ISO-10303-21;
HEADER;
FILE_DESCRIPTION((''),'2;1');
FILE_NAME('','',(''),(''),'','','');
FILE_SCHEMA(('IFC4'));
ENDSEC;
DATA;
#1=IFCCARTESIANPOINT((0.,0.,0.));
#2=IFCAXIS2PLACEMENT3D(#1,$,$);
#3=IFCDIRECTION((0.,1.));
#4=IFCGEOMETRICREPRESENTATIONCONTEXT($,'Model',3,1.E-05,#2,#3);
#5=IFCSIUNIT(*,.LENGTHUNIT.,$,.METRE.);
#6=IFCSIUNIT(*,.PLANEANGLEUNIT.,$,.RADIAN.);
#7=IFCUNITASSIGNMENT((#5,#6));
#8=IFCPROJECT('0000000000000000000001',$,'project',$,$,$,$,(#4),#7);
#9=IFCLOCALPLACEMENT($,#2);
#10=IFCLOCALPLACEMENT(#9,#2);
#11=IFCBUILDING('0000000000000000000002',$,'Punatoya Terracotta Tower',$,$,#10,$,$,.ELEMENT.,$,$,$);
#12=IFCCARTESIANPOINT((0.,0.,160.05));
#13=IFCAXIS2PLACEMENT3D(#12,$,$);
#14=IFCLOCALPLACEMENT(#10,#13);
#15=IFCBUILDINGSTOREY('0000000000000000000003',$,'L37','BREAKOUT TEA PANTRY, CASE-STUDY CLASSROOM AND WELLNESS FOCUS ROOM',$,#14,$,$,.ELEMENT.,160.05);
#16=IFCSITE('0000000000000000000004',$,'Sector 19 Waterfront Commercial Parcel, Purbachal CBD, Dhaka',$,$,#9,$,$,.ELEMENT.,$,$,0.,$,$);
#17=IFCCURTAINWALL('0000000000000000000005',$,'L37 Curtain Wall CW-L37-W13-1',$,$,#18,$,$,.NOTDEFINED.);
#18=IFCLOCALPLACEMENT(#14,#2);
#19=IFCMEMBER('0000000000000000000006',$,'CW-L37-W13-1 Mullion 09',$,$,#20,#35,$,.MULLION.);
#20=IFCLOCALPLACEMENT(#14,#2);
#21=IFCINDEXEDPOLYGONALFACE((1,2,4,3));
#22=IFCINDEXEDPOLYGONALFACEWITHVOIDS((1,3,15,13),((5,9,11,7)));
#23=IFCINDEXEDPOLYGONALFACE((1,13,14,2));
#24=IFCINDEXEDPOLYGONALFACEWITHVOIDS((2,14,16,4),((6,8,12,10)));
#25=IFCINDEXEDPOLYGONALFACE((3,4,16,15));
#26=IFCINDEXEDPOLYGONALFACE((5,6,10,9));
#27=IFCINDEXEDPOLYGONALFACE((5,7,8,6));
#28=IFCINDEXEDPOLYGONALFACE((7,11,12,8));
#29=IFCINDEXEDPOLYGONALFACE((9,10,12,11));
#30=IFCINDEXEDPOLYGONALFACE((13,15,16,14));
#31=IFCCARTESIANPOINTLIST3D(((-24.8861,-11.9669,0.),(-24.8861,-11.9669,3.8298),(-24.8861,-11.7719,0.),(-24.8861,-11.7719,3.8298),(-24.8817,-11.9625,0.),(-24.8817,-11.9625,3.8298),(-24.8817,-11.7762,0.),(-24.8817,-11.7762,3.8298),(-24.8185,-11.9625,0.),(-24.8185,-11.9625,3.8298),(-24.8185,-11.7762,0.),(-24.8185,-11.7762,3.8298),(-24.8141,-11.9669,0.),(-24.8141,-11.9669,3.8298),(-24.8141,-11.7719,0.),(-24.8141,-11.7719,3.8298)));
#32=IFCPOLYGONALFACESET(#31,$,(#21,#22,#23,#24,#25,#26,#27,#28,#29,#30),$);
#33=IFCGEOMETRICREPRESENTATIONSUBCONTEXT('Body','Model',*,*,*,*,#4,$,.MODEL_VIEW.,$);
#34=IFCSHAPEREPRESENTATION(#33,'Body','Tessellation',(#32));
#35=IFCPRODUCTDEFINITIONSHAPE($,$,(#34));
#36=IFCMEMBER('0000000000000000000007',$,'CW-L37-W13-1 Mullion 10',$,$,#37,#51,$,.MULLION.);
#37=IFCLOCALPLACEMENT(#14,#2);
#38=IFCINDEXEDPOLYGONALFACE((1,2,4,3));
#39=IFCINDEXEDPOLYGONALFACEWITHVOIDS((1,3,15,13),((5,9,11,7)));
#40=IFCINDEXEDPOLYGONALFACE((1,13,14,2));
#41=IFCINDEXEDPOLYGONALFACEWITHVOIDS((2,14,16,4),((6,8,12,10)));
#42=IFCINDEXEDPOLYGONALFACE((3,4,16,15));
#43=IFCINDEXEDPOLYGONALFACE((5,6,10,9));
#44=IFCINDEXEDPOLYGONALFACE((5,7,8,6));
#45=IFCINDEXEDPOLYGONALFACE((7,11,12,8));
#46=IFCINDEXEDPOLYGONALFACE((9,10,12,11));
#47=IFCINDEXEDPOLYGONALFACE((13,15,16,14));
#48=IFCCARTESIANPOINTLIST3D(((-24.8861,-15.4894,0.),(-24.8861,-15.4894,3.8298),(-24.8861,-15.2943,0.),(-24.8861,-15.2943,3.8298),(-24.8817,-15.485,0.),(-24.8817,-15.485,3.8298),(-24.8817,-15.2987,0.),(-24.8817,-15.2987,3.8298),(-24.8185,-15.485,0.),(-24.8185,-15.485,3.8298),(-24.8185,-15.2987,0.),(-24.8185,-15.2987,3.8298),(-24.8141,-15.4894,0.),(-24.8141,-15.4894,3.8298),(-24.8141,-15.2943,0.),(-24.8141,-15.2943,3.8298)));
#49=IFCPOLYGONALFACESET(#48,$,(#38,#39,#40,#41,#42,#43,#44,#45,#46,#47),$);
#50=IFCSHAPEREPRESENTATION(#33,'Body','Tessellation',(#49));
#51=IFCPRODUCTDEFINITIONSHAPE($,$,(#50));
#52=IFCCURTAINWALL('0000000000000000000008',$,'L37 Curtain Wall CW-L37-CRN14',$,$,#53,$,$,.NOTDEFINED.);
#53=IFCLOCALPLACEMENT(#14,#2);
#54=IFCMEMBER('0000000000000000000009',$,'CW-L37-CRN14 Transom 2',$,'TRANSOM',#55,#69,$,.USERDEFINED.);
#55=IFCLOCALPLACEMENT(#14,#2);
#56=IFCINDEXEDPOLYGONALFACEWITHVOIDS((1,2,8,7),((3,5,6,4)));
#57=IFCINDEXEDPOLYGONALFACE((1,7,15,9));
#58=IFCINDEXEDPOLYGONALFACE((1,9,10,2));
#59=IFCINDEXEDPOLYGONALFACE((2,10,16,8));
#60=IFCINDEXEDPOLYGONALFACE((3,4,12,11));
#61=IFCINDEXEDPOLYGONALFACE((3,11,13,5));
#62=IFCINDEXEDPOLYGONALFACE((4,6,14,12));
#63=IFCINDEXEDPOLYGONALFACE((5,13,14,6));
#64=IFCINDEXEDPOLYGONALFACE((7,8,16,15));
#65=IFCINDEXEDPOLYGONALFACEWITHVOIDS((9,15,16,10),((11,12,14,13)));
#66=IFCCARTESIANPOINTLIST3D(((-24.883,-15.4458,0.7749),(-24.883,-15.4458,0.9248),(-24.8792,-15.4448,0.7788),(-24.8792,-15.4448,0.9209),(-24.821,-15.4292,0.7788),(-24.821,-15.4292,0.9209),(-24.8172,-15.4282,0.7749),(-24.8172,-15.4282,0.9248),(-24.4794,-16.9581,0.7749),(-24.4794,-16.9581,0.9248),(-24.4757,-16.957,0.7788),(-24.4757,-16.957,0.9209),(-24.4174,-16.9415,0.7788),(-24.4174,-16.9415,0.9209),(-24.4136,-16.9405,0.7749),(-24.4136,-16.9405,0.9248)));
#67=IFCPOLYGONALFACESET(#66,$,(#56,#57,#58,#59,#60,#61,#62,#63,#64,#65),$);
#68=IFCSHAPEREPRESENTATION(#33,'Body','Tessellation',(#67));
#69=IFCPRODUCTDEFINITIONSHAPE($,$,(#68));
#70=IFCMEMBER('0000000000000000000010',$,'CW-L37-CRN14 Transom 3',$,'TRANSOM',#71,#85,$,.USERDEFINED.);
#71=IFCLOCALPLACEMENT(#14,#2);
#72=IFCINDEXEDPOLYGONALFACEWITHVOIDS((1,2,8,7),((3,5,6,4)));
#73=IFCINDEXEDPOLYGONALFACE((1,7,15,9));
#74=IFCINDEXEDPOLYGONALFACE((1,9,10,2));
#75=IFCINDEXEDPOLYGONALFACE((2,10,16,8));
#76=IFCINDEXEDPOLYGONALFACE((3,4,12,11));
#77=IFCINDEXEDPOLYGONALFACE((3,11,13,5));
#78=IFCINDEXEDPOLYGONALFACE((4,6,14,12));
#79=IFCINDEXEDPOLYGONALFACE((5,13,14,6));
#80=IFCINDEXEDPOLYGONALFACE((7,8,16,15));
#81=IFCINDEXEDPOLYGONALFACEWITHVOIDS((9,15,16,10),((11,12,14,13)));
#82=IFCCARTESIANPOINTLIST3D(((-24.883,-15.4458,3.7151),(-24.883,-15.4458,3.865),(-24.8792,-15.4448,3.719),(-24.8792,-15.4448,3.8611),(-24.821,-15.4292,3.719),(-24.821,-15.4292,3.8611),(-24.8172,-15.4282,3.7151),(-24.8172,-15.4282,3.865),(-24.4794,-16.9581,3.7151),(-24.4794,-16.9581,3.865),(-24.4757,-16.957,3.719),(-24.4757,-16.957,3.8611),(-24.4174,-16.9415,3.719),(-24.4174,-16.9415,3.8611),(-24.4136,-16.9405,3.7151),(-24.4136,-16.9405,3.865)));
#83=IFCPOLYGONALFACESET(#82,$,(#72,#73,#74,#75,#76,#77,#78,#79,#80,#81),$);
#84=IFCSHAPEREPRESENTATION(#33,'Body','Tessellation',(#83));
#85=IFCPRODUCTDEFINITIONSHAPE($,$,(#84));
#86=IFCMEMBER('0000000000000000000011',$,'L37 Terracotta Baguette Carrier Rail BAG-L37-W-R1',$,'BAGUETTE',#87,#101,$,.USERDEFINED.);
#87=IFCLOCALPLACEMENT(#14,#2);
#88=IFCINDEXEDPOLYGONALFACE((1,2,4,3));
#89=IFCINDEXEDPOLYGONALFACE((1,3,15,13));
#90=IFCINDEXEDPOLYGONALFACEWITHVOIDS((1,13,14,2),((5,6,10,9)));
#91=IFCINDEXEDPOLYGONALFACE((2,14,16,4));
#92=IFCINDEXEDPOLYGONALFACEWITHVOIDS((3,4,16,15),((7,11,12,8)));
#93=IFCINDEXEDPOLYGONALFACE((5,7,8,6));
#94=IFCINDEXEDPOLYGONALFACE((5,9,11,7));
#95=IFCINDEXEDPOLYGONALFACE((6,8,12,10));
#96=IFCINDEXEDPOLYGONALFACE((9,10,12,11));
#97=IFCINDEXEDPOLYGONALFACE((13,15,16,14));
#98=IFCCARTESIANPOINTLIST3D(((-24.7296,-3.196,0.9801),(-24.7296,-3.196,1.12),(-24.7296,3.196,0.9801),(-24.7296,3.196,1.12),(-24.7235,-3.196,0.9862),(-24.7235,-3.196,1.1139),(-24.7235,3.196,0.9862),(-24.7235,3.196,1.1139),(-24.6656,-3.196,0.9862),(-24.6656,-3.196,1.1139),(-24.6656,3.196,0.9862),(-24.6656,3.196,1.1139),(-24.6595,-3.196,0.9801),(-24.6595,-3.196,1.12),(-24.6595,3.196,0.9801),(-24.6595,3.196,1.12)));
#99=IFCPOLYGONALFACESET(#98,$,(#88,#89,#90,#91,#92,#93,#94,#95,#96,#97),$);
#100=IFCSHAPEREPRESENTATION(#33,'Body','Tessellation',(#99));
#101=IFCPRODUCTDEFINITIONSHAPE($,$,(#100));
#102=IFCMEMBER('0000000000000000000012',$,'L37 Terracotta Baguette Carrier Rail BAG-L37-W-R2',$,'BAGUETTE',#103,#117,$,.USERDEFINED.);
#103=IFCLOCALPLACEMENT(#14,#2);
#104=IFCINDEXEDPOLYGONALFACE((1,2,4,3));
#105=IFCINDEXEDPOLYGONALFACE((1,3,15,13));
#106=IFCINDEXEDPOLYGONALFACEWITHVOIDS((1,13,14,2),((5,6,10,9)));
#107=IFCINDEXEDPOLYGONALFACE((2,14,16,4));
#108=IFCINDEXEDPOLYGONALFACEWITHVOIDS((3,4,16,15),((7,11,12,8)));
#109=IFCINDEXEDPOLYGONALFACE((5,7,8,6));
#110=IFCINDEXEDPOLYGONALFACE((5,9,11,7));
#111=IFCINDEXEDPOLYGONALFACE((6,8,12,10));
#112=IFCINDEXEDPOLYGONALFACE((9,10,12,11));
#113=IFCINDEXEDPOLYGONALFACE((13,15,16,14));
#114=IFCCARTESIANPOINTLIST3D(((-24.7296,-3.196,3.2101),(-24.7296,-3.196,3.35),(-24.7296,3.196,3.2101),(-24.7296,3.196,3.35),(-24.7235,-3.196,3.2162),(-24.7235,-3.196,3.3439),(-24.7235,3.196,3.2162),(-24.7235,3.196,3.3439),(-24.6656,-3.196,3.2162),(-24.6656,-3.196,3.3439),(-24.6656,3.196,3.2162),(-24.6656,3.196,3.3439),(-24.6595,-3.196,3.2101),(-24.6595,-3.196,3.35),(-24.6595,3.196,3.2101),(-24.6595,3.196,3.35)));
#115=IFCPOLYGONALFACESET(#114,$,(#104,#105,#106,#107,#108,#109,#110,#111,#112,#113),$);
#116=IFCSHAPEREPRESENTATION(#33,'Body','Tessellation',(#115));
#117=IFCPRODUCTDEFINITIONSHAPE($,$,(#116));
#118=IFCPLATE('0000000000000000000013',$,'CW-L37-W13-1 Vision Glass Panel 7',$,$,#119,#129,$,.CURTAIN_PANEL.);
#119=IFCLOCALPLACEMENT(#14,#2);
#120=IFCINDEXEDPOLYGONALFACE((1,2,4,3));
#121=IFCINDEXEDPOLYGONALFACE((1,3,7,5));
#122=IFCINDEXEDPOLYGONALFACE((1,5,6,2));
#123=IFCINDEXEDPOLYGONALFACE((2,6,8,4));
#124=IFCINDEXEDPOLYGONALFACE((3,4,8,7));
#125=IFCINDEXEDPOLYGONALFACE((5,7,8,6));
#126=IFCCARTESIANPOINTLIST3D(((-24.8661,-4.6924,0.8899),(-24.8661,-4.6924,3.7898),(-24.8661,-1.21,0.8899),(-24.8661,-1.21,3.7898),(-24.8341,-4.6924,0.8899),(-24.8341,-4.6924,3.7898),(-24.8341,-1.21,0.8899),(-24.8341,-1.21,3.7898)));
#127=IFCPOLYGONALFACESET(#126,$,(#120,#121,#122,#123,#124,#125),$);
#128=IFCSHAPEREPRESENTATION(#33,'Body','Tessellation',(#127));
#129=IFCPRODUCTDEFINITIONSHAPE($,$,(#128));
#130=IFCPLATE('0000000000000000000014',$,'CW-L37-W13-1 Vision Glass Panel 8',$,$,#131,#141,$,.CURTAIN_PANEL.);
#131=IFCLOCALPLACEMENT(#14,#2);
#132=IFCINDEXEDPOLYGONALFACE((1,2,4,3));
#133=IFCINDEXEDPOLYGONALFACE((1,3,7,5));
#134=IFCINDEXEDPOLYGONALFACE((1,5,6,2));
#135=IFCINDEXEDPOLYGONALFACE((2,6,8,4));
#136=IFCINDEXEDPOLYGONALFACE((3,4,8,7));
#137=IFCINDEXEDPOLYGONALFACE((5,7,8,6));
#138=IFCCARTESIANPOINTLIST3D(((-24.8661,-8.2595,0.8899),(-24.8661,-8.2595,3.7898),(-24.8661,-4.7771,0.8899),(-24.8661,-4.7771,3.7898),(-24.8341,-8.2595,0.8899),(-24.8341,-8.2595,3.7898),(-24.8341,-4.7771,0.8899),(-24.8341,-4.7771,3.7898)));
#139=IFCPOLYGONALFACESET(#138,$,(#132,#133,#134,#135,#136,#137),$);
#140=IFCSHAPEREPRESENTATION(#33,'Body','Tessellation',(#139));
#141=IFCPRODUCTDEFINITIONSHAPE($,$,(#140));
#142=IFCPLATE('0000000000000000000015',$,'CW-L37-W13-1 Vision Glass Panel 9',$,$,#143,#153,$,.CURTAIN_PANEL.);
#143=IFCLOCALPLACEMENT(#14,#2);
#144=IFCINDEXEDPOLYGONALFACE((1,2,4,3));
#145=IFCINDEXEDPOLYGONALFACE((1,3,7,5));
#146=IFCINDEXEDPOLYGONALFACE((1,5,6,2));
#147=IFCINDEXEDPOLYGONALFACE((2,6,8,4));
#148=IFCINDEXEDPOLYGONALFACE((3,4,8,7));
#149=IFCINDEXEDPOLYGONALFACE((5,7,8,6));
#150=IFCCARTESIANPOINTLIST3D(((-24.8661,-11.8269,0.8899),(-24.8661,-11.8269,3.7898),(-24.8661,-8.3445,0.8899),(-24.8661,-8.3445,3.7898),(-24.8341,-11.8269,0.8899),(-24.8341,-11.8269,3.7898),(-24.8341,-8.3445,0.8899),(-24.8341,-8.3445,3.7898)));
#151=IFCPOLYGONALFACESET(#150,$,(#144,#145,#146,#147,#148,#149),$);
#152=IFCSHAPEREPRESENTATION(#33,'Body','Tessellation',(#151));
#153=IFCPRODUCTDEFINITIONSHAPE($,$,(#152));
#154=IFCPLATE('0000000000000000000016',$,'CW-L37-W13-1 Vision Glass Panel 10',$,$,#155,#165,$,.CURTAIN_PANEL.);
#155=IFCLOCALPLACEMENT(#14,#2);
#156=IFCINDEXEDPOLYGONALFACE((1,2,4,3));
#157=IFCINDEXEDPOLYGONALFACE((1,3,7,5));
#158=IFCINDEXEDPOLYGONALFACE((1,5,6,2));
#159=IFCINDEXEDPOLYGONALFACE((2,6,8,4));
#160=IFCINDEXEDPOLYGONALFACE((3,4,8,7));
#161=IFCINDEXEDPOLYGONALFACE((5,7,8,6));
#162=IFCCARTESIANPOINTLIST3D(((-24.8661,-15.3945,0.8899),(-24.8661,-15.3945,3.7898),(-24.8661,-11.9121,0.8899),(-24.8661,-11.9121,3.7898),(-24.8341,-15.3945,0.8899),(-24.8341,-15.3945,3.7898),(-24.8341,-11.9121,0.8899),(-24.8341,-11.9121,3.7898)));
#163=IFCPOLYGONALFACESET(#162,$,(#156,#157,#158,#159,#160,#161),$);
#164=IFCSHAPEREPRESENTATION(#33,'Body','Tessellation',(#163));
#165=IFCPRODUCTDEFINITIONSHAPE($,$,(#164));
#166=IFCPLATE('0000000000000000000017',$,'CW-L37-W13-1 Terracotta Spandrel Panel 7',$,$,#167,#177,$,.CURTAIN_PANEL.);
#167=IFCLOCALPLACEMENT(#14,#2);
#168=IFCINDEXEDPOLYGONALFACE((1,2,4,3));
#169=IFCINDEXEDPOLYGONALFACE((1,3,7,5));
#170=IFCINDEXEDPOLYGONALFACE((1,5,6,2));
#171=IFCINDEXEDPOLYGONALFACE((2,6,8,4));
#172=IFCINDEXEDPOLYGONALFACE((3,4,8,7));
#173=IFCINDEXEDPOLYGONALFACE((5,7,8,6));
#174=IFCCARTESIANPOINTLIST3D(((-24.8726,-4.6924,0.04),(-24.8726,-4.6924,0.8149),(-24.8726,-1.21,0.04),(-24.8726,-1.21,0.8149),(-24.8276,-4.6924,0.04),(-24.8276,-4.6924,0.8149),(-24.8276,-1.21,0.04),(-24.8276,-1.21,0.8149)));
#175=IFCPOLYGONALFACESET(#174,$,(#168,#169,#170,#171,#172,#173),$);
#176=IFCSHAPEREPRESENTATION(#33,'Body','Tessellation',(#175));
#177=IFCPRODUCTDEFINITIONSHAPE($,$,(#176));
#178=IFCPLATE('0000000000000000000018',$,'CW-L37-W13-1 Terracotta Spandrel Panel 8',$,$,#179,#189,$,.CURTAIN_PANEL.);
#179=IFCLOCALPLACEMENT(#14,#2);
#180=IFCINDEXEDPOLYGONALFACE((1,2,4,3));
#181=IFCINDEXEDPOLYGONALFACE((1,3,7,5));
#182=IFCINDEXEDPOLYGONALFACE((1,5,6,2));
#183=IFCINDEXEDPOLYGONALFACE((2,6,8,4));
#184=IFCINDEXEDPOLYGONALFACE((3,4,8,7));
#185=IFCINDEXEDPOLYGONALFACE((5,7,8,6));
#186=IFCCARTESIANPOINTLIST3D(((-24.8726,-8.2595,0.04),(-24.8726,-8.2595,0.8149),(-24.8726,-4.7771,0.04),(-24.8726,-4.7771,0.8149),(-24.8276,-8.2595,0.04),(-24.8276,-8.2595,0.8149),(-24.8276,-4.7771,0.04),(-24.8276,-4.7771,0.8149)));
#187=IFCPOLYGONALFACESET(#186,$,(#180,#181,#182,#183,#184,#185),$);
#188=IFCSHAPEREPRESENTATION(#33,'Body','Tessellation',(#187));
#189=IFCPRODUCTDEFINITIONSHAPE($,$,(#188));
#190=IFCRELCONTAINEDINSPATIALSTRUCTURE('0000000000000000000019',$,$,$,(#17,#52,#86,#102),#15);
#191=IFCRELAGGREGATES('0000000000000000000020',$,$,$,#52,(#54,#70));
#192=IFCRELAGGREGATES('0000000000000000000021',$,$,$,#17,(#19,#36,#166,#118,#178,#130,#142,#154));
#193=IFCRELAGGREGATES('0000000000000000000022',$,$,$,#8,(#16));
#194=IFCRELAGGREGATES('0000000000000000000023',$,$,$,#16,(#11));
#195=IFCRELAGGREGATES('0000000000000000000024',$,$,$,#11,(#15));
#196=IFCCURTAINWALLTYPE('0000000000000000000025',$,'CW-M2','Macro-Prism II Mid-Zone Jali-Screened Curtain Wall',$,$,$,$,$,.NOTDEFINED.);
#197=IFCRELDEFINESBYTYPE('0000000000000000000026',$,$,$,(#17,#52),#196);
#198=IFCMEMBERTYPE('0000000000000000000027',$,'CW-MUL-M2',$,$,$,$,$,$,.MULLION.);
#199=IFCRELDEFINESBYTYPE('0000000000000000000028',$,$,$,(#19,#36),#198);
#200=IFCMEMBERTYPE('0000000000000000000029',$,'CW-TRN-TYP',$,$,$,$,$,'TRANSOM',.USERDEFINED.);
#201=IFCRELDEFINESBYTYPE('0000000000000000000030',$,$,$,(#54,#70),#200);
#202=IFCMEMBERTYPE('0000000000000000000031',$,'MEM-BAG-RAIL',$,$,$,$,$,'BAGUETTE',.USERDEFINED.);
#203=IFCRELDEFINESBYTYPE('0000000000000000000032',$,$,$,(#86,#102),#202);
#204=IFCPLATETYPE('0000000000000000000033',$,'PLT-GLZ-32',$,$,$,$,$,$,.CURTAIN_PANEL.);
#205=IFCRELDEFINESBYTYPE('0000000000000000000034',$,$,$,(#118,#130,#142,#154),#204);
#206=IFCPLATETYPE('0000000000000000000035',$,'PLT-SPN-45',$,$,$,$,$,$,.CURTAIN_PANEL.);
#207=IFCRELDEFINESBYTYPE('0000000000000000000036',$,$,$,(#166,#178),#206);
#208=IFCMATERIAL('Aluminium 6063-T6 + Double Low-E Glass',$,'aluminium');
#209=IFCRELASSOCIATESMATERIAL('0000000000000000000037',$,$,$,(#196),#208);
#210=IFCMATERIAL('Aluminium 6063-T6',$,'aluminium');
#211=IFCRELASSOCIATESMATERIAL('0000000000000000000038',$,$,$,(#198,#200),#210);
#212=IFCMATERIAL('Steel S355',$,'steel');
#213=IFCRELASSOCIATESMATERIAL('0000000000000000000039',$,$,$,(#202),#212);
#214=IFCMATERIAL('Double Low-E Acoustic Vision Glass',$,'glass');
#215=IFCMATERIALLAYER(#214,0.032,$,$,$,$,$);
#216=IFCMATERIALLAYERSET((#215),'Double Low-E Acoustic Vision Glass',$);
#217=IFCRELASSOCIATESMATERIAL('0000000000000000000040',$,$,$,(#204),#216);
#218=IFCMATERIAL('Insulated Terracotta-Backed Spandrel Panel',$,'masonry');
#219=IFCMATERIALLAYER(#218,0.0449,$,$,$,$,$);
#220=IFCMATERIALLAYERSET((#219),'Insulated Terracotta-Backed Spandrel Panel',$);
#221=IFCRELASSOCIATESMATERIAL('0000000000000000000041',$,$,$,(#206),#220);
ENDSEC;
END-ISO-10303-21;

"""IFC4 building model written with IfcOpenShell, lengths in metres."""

from ifc_helpers import new_model, si_unit, direction, frame, origin, origin_2d, place, context, subcontext, project, spatial, rectangle, hollow_rectangle, extrude, material, layer, layer_set, material_profile, profile_set, type_object, element, aggregate, save


model = new_model("IFC4")

# Units and contexts
model_context = context("Model", 3, precision=1e-05, world=origin(), true_north=direction((0.0, 1.0)))
body_context = subcontext(model_context, "Body", "Model", "MODEL_VIEW")
ifc_project = project(units=[si_unit("LENGTHUNIT", "METRE"), si_unit("PLANEANGLEUNIT", "RADIAN")], contexts=[model_context])

# Site, building, storey
site_placement = place(None, origin())
site = spatial("IfcSite", under=ifc_project, at=site_placement, Name="Sector 19 Waterfront Commercial Parcel, Purbachal CBD, Dhaka", CompositionType="ELEMENT", RefElevation=0.0)
building_placement = place(site_placement, origin())
building = spatial("IfcBuilding", under=site, at=building_placement, Name="Punatoya Terracotta Tower", CompositionType="ELEMENT")
storey_placement = place(building_placement, frame((0.0, 0.0, 160.05)))
storey = spatial("IfcBuildingStorey", under=building, at=storey_placement, Name="L37", Description="BREAKOUT TEA PANTRY, CASE-STUDY CLASSROOM AND WELLNESS FOCUS ROOM", CompositionType="ELEMENT", Elevation=160.05)

# Curtain walls, members
ifc_material_1 = material(Name="Aluminium 6063-T6 + Double Low-E Glass", Category="aluminium")
curtain_wall_type = type_object("IfcCurtainWallType", Name="CW-M2", Description="Macro-Prism II Mid-Zone Jali-Screened Curtain Wall", PredefinedType="NOTDEFINED", material=ifc_material_1)
curtain_wall_1_placement = place(storey_placement, origin())
curtain_wall_1 = element("IfcCurtainWall", 1, at=curtain_wall_1_placement, inside=storey, type_object=curtain_wall_type, Name="L37 Curtain Wall CW-L37-W13-1", PredefinedType="NOTDEFINED")
ifc_material_2 = material(Name="Aluminium 6063-T6", Category="aluminium")
ifc_material_profile_1 = material_profile(ifc_material_2, hollow_rectangle(XDim=0.072, YDim=0.1951, WallThickness=0.0044, at=origin_2d()))
ifc_profile_set_1 = profile_set([ifc_material_profile_1], Name="Aluminium 6063-T6")
member_type_1 = type_object("IfcMemberType", Name="CW-MUL-M2", PredefinedType="MULLION", material=ifc_profile_set_1)
member_1_placement = place(storey_placement, frame((-24.8501, -11.8694, 0.0), z_axis=(0.0, 0.0, 1.0), x_axis=(1.0, 0.0, 0.0)))
member_1 = element("IfcMember", 2, at=member_1_placement, type_object=member_type_1, Name="CW-L37-W13-1 Mullion 09", PredefinedType="MULLION", context=body_context, shape_type="SweptSolid", body=[
    extrude(hollow_rectangle(XDim=0.072, YDim=0.1951, WallThickness=0.0044, at=origin_2d()), origin(), (0.0, 0.0, 1.0), 3.8298),
])
member_2_placement = place(storey_placement, frame((-24.8501, -15.3918, 0.0), z_axis=(0.0, 0.0, 1.0), x_axis=(1.0, 0.0, 0.0)))
member_2 = element("IfcMember", 3, at=member_2_placement, type_object=member_type_1, Name="CW-L37-W13-1 Mullion 10", PredefinedType="MULLION", context=body_context, shape_type="SweptSolid", body=[
    extrude(hollow_rectangle(XDim=0.072, YDim=0.1951, WallThickness=0.0044, at=origin_2d()), origin(), (0.0, 0.0, 1.0), 3.8298),
])
curtain_wall_2_placement = place(storey_placement, origin())
curtain_wall_2 = element("IfcCurtainWall", 4, at=curtain_wall_2_placement, inside=storey, type_object=curtain_wall_type, Name="L37 Curtain Wall CW-L37-CRN14", PredefinedType="NOTDEFINED")
ifc_material_profile_2 = material_profile(ifc_material_2, hollow_rectangle(XDim=0.0681, YDim=0.1499, WallThickness=0.0039, at=origin_2d()))
ifc_profile_set_2 = profile_set([ifc_material_profile_2], Name="Aluminium 6063-T6")
member_type_2 = type_object("IfcMemberType", Name="CW-TRN-TYP", ElementType="TRANSOM", PredefinedType="USERDEFINED", material=ifc_profile_set_2)
member_3_placement = place(storey_placement, frame((-24.8501, -15.437, 0.8499), z_axis=(0.257847, -0.966186, 0.0), x_axis=(0.966186, 0.257847, 0.0)))
member_3 = element("IfcMember", 5, at=member_3_placement, type_object=member_type_2, Name="CW-L37-CRN14 Transom 2", ObjectType="TRANSOM", PredefinedType="USERDEFINED", context=body_context, shape_type="SweptSolid", body=[
    extrude(hollow_rectangle(XDim=0.0681, YDim=0.1499, WallThickness=0.0039, at=origin_2d()), origin(), (0.0, 0.0, 1.0), 1.5652),
])
member_4_placement = place(storey_placement, frame((-24.8501, -15.437, 3.79), z_axis=(0.257847, -0.966186, 0.0), x_axis=(0.966186, 0.257847, 0.0)))
member_4 = element("IfcMember", 6, at=member_4_placement, type_object=member_type_2, Name="CW-L37-CRN14 Transom 3", ObjectType="TRANSOM", PredefinedType="USERDEFINED", context=body_context, shape_type="SweptSolid", body=[
    extrude(hollow_rectangle(XDim=0.0681, YDim=0.1499, WallThickness=0.0039, at=origin_2d()), origin(), (0.0, 0.0, 1.0), 1.5652),
])
aggregate(curtain_wall_2, [member_3, member_4])

# Members
ifc_material_3 = material(Name="Steel S355", Category="steel")
ifc_material_profile_3 = material_profile(ifc_material_3, hollow_rectangle(XDim=0.0701, YDim=0.1399, WallThickness=0.0061, at=origin_2d()))
ifc_profile_set_3 = profile_set([ifc_material_profile_3], Name="Steel S355")
member_type_3 = type_object("IfcMemberType", Name="MEM-BAG-RAIL", ElementType="BAGUETTE", PredefinedType="USERDEFINED", material=ifc_profile_set_3)
for number, where, z_axis, x_axis, name in (
    (7, (-24.6946, -3.196, 1.05), (0.0, 1.0, 0.0), (-1.0, 0.0, 0.0), "L37 Terracotta Baguette Carrier Rail BAG-L37-W-R1"),
    (8, (-24.6946, -3.196, 3.28), (0.0, 1.0, 0.0), (-1.0, 0.0, 0.0), "L37 Terracotta Baguette Carrier Rail BAG-L37-W-R2"),
):
    element("IfcMember", number, at=place(storey_placement, frame(where, z_axis=z_axis, x_axis=x_axis)), inside=storey, type_object=member_type_3, Name=name, ObjectType="BAGUETTE", PredefinedType="USERDEFINED", context=body_context, shape_type="SweptSolid", body=[
        extrude(hollow_rectangle(XDim=0.0701, YDim=0.1399, WallThickness=0.0061, at=origin_2d()), origin(), (0.0, 0.0, 1.0), 6.3921),
    ])

# Plates
ifc_material_4 = material(Name="Double Low-E Acoustic Vision Glass", Category="glass")
ifc_layer_1 = layer(ifc_material_4, 0.032)
ifc_layer_set_1 = layer_set([ifc_layer_1], Name="Double Low-E Acoustic Vision Glass")
plate_type_1 = type_object("IfcPlateType", Name="PLT-GLZ-32", PredefinedType="CURTAIN_PANEL", material=ifc_layer_set_1)
plate_1_placement = place(storey_placement, frame((-24.8501, -2.9512, 0.8899), z_axis=(0.0, 0.0, 1.0), x_axis=(0.0, -1.0, 0.0)))
plate_1 = element("IfcPlate", 9, at=plate_1_placement, type_object=plate_type_1, Name="CW-L37-W13-1 Vision Glass Panel 7", PredefinedType="CURTAIN_PANEL", context=body_context, shape_type="SweptSolid", body=[
    extrude(rectangle(XDim=3.4824, YDim=0.032, at=origin_2d()), origin(), (0.0, 0.0, 1.0), 2.8999),
])
plate_2_placement = place(storey_placement, frame((-24.8501, -6.5183, 0.8899), z_axis=(0.0, 0.0, 1.0), x_axis=(0.0, -1.0, 0.0)))
plate_2 = element("IfcPlate", 10, at=plate_2_placement, type_object=plate_type_1, Name="CW-L37-W13-1 Vision Glass Panel 8", PredefinedType="CURTAIN_PANEL", context=body_context, shape_type="SweptSolid", body=[
    extrude(rectangle(XDim=3.4824, YDim=0.032, at=origin_2d()), origin(), (0.0, 0.0, 1.0), 2.8999),
])
plate_3_placement = place(storey_placement, frame((-24.8501, -10.0857, 0.8899), z_axis=(0.0, 0.0, 1.0), x_axis=(0.0, -1.0, 0.0)))
plate_3 = element("IfcPlate", 11, at=plate_3_placement, type_object=plate_type_1, Name="CW-L37-W13-1 Vision Glass Panel 9", PredefinedType="CURTAIN_PANEL", context=body_context, shape_type="SweptSolid", body=[
    extrude(rectangle(XDim=3.4824, YDim=0.032, at=origin_2d()), origin(), (0.0, 0.0, 1.0), 2.8999),
])
plate_4_placement = place(storey_placement, frame((-24.8501, -13.6533, 0.8899), z_axis=(0.0, 0.0, 1.0), x_axis=(0.0, -1.0, 0.0)))
plate_4 = element("IfcPlate", 12, at=plate_4_placement, type_object=plate_type_1, Name="CW-L37-W13-1 Vision Glass Panel 10", PredefinedType="CURTAIN_PANEL", context=body_context, shape_type="SweptSolid", body=[
    extrude(rectangle(XDim=3.4824, YDim=0.032, at=origin_2d()), origin(), (0.0, 0.0, 1.0), 2.8999),
])
ifc_material_5 = material(Name="Insulated Terracotta-Backed Spandrel Panel", Category="masonry")
ifc_layer_2 = layer(ifc_material_5, 0.0449)
ifc_layer_set_2 = layer_set([ifc_layer_2], Name="Insulated Terracotta-Backed Spandrel Panel")
plate_type_2 = type_object("IfcPlateType", Name="PLT-SPN-45", PredefinedType="CURTAIN_PANEL", material=ifc_layer_set_2)
plate_5_placement = place(storey_placement, frame((-24.8501, -2.9512, 0.04), z_axis=(0.0, 0.0, 1.0), x_axis=(0.0, -1.0, 0.0)))
plate_5 = element("IfcPlate", 13, at=plate_5_placement, type_object=plate_type_2, Name="CW-L37-W13-1 Terracotta Spandrel Panel 7", PredefinedType="CURTAIN_PANEL", context=body_context, shape_type="SweptSolid", body=[
    extrude(rectangle(XDim=3.4824, YDim=0.0449, at=origin_2d()), origin(), (0.0, 0.0, 1.0), 0.7749),
])
plate_6_placement = place(storey_placement, frame((-24.8501, -6.5183, 0.04), z_axis=(0.0, 0.0, 1.0), x_axis=(0.0, -1.0, 0.0)))
plate_6 = element("IfcPlate", 14, at=plate_6_placement, type_object=plate_type_2, Name="CW-L37-W13-1 Terracotta Spandrel Panel 8", PredefinedType="CURTAIN_PANEL", context=body_context, shape_type="SweptSolid", body=[
    extrude(rectangle(XDim=3.4824, YDim=0.0449, at=origin_2d()), origin(), (0.0, 0.0, 1.0), 0.7749),
])
aggregate(curtain_wall_1, [member_1, member_2, plate_5, plate_1, plate_6, plate_2, plate_3, plate_4])

save(model, "model.ifc")
